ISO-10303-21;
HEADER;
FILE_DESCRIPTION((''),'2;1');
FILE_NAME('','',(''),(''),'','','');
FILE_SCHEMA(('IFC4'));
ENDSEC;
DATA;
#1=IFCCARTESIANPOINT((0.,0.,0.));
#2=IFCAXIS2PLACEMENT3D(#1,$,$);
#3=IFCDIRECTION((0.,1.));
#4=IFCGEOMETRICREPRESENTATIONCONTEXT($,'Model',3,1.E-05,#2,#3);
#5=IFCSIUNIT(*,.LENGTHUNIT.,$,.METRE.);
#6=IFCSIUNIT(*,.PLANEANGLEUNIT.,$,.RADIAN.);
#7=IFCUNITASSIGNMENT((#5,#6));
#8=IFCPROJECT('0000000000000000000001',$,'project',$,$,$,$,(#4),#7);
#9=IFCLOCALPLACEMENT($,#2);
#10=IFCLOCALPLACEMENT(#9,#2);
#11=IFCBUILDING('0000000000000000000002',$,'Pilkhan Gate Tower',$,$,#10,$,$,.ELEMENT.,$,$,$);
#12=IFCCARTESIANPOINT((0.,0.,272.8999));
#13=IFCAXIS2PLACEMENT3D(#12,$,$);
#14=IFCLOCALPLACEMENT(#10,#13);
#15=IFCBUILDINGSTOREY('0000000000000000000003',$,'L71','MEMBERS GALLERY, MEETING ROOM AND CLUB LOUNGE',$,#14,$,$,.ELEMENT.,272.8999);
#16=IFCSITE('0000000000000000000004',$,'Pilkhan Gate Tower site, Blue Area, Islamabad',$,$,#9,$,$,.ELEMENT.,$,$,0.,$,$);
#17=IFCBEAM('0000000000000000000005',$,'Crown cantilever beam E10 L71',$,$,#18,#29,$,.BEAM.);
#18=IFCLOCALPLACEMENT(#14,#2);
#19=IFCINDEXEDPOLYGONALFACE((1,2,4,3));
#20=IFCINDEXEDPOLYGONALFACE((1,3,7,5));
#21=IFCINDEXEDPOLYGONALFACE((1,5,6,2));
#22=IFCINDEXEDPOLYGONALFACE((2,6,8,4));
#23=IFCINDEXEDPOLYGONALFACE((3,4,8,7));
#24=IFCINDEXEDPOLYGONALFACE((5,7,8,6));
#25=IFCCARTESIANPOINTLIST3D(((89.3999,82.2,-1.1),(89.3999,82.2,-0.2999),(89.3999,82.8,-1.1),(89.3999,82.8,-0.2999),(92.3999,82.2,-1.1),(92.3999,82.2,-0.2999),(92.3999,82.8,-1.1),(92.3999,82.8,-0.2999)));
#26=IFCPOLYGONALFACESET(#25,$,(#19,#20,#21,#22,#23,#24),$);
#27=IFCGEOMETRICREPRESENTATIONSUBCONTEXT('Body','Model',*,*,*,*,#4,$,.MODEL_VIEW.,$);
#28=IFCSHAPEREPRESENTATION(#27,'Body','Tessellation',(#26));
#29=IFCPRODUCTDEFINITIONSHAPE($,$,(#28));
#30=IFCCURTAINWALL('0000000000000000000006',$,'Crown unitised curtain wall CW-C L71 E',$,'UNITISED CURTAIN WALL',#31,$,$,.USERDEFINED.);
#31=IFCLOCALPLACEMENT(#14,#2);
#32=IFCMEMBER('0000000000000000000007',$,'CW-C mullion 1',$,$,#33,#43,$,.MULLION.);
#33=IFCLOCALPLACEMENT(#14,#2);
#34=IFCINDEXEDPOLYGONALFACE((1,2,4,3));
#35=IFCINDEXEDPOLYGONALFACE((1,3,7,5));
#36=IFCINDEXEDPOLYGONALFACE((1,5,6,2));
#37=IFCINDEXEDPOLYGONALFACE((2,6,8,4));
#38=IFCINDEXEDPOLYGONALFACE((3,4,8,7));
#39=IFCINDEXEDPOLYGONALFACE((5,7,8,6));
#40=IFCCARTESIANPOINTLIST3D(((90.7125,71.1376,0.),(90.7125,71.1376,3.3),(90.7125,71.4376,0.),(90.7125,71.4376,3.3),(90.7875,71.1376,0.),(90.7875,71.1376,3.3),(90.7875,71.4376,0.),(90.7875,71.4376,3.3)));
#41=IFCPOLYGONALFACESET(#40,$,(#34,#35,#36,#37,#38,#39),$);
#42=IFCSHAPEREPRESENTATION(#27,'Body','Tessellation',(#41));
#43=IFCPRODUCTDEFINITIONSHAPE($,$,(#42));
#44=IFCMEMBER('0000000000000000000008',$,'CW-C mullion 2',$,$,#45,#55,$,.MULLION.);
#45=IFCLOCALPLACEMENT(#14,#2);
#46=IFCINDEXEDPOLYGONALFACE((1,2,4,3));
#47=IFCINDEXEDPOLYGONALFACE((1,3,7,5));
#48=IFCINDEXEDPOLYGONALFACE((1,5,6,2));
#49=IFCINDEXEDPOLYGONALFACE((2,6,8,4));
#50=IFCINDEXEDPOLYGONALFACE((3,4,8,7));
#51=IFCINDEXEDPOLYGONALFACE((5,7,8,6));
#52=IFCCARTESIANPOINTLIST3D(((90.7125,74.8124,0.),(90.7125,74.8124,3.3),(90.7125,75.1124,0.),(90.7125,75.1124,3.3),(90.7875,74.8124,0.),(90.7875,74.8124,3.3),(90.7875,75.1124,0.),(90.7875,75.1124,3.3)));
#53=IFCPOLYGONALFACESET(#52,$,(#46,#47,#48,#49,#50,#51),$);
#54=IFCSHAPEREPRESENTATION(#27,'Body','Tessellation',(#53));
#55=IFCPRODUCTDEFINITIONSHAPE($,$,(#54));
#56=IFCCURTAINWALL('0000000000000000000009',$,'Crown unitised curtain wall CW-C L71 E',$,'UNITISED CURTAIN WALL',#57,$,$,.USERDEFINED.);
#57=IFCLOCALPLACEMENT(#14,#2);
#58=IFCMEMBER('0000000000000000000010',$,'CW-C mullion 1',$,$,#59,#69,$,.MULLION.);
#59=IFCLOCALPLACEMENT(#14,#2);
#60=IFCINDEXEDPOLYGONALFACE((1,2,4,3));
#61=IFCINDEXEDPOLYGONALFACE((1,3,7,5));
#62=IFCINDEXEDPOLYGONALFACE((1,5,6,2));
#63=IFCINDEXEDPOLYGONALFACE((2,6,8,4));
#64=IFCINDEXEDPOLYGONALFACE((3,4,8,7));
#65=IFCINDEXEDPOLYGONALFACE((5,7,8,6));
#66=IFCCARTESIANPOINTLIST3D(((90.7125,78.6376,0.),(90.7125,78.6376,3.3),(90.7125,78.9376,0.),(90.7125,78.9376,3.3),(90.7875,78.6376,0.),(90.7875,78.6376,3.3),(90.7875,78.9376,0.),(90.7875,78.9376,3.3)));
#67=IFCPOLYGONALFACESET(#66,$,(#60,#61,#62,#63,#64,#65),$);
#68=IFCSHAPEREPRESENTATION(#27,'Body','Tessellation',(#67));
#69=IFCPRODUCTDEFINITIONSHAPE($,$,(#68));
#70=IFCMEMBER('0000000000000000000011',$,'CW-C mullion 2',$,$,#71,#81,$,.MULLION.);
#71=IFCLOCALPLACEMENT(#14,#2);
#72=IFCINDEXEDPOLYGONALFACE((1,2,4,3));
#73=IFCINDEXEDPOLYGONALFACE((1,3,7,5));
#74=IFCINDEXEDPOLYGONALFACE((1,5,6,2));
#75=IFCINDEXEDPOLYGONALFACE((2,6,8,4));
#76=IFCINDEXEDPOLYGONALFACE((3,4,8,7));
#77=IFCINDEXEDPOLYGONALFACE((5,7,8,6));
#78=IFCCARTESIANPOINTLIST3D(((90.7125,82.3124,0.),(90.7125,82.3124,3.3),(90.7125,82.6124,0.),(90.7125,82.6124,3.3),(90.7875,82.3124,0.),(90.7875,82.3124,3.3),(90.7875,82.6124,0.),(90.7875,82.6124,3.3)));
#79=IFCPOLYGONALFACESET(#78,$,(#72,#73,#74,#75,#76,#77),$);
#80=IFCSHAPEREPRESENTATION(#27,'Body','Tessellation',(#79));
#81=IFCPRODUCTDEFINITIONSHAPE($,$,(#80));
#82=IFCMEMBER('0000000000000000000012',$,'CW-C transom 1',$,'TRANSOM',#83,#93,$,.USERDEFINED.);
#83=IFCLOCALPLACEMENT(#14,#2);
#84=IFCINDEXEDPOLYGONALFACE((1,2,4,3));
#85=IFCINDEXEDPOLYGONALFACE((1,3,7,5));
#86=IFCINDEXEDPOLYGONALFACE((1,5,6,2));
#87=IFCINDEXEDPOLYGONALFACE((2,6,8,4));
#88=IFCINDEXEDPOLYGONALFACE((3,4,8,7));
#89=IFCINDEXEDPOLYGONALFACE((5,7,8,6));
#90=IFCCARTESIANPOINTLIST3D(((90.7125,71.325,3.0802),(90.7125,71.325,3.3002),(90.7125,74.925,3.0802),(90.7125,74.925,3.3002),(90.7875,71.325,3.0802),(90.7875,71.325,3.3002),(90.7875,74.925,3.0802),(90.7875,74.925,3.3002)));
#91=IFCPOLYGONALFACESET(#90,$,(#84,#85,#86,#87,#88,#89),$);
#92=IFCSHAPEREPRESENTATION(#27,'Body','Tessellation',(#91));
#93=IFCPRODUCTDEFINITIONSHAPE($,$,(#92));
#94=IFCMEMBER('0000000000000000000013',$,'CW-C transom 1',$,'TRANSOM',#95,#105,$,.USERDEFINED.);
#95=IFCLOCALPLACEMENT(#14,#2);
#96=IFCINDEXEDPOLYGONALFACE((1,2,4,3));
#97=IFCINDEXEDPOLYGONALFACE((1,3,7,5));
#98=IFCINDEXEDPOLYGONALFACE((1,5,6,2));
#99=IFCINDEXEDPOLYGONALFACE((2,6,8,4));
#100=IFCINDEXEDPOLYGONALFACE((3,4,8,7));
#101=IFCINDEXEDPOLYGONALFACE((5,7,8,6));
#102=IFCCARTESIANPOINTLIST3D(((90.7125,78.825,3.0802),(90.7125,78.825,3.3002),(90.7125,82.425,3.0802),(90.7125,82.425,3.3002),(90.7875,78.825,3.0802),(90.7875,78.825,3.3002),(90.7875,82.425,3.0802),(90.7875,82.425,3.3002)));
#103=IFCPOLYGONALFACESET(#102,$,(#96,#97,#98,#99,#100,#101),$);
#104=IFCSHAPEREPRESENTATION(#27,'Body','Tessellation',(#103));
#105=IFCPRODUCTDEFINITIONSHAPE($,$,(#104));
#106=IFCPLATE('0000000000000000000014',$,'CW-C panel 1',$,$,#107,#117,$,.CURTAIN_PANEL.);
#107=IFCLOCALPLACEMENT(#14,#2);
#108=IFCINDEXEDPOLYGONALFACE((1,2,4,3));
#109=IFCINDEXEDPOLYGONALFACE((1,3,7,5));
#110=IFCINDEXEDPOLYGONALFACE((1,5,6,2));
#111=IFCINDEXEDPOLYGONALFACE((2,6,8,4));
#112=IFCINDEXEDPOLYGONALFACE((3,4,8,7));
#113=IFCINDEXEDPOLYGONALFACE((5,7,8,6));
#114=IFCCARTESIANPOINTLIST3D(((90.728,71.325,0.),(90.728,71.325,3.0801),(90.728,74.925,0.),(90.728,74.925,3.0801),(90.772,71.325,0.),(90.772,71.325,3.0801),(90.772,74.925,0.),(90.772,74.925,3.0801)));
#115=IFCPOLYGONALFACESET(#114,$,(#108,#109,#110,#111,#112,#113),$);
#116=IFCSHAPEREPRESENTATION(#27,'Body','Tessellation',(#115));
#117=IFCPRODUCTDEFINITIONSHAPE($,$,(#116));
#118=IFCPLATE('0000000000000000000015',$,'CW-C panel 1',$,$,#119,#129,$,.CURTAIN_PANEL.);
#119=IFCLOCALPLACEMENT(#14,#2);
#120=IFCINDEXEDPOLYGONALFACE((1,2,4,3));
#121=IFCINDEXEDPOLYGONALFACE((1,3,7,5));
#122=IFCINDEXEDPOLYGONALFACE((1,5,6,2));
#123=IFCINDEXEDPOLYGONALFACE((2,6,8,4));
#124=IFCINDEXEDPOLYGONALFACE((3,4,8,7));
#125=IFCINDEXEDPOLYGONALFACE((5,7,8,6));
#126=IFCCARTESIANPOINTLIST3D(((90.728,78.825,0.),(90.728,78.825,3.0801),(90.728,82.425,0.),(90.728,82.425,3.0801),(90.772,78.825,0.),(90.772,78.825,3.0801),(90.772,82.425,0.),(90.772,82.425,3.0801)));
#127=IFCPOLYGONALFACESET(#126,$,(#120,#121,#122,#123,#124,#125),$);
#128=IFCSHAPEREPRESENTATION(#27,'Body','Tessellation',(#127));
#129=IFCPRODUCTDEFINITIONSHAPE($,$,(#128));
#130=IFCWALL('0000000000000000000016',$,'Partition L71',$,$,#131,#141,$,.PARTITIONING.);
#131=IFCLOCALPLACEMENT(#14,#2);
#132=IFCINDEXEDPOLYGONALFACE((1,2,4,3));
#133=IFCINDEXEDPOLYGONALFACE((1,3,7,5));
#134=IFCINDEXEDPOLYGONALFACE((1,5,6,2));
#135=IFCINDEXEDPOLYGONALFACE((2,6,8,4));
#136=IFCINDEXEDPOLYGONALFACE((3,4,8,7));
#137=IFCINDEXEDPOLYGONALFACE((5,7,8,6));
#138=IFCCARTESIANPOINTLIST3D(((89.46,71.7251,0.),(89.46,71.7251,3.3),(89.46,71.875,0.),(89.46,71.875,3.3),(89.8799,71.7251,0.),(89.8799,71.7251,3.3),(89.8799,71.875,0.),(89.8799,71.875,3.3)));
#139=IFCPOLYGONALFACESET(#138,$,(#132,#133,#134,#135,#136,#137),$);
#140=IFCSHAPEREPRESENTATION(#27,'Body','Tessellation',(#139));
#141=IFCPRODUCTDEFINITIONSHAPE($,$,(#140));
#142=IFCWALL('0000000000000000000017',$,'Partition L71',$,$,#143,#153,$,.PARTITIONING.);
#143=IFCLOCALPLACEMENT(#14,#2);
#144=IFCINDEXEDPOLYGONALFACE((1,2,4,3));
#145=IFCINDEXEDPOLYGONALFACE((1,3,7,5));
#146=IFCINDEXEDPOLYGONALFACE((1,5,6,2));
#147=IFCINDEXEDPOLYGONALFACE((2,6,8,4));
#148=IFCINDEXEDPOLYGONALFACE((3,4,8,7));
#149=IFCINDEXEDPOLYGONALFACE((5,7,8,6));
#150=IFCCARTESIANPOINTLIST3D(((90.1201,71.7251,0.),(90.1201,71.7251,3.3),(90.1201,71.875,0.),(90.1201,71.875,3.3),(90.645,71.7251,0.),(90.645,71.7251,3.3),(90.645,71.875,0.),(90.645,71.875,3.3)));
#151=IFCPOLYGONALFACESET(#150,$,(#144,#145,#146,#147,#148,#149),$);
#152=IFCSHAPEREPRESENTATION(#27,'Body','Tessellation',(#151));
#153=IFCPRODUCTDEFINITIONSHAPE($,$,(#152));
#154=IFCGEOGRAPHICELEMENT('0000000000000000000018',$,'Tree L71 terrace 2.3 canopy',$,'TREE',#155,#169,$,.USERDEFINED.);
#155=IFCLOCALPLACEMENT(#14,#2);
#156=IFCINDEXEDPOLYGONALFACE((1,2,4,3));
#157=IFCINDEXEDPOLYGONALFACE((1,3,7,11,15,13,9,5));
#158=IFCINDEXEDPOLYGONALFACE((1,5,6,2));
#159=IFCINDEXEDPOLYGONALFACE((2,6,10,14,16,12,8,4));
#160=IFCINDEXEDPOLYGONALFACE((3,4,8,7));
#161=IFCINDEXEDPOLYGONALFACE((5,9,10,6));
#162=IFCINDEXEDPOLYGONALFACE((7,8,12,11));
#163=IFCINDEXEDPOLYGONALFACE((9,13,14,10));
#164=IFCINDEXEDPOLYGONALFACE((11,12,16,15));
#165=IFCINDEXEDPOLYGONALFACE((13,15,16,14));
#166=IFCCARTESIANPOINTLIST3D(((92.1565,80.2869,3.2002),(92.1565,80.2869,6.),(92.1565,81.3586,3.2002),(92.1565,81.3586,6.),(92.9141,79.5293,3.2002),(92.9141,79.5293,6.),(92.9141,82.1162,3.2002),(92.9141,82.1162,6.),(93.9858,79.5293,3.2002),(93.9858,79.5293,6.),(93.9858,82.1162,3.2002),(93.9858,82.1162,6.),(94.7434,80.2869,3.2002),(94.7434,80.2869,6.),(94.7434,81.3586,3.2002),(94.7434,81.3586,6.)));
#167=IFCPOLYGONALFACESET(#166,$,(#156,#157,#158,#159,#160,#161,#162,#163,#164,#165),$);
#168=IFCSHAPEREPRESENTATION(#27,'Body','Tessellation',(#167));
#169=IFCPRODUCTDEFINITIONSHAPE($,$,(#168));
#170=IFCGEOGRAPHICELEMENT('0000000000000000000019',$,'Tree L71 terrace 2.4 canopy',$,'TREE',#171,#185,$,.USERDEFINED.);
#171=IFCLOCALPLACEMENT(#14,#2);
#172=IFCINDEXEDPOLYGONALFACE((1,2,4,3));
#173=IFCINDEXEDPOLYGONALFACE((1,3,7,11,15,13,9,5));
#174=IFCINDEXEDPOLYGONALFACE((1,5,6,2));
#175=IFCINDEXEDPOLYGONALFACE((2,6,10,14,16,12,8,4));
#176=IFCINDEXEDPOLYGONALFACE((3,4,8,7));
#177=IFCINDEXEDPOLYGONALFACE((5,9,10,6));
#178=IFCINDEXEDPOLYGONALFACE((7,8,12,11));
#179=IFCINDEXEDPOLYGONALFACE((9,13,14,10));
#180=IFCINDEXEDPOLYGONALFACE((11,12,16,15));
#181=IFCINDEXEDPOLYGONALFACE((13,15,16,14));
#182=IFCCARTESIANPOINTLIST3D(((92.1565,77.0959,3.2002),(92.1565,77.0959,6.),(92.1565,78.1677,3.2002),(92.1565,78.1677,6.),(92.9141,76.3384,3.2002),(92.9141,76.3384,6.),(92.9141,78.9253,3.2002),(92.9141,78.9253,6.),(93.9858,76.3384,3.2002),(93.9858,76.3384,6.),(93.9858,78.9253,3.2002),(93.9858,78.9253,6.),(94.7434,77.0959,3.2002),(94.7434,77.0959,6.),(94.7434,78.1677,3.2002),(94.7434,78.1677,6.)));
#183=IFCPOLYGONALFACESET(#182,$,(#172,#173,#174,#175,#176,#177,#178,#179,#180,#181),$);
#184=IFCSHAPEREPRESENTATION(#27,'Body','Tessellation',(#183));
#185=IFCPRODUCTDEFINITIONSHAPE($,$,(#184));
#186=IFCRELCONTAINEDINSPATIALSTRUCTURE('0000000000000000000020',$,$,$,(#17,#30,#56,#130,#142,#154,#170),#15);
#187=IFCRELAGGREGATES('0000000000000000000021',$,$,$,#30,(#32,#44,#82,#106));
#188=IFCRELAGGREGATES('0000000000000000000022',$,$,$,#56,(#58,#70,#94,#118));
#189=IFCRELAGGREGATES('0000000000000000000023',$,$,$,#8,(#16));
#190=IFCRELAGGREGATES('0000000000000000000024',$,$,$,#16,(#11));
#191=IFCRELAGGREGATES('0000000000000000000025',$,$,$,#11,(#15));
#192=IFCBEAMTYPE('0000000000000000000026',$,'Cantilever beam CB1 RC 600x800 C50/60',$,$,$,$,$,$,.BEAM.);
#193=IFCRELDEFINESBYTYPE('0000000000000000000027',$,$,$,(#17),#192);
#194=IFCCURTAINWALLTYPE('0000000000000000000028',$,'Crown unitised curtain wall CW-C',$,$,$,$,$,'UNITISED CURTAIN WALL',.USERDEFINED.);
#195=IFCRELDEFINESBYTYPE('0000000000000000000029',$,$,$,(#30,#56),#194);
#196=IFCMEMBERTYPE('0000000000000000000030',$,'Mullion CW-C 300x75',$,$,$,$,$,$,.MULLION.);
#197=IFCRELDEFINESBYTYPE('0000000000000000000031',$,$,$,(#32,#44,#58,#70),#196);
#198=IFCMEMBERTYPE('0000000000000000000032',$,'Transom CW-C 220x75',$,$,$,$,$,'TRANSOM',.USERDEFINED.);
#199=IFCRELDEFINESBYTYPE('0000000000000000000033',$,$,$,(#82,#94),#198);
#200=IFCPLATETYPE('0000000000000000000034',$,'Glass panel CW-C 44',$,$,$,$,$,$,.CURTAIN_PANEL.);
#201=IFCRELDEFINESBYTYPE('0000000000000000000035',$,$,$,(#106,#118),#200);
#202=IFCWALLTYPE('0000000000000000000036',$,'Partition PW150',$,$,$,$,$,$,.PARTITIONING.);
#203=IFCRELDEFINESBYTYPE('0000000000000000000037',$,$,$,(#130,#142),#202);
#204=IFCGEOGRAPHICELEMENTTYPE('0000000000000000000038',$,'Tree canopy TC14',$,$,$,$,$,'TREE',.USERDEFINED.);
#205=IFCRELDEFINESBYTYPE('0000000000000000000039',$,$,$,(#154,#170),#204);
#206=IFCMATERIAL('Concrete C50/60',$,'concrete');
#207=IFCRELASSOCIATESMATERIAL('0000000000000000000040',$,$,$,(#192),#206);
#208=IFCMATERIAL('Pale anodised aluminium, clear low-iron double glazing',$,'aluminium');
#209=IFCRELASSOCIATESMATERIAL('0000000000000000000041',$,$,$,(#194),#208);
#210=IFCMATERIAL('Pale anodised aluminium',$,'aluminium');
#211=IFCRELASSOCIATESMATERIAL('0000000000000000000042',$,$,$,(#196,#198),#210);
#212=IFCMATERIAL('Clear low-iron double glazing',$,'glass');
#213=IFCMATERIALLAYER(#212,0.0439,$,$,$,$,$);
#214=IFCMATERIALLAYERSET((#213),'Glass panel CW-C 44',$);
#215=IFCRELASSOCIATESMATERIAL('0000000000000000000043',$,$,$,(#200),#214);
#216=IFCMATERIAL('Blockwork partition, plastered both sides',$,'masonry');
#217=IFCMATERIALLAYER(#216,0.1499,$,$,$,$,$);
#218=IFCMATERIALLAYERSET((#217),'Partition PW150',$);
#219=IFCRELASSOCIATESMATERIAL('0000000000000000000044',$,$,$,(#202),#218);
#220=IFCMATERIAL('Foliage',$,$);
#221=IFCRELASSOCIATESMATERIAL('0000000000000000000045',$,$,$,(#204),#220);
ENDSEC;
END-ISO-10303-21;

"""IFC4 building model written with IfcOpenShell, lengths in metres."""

from ifc_helpers import new_model, si_unit, direction, frame, frame_2d, origin, origin_2d, place, context, subcontext, project, spatial, polyline, rectangle, outline, extrude, material, layer, layer_set, material_profile, profile_set, type_object, element, aggregate, save


model = new_model("IFC4")

# Units and contexts
model_context = context("Model", 3, precision=1e-05, world=origin(), true_north=direction((0.0, 1.0)))
body_context = subcontext(model_context, "Body", "Model", "MODEL_VIEW")
ifc_project = project(units=[si_unit("LENGTHUNIT", "METRE"), si_unit("PLANEANGLEUNIT", "RADIAN")], contexts=[model_context])

# Site, building, storey
site_placement = place(None, origin())
site = spatial("IfcSite", under=ifc_project, at=site_placement, Name="Pilkhan Gate Tower site, Blue Area, Islamabad", CompositionType="ELEMENT", RefElevation=0.0)
building_placement = place(site_placement, origin())
building = spatial("IfcBuilding", under=site, at=building_placement, Name="Pilkhan Gate Tower", CompositionType="ELEMENT")
storey_placement = place(building_placement, frame((0.0, 0.0, 272.8999)))
storey = spatial("IfcBuildingStorey", under=building, at=storey_placement, Name="L71", Description="MEMBERS GALLERY, MEETING ROOM AND CLUB LOUNGE", CompositionType="ELEMENT", Elevation=272.8999)

# Beam
ifc_material_1 = material(Name="Concrete C50/60", Category="concrete")
ifc_material_profile_1 = material_profile(ifc_material_1, rectangle(XDim=0.6001, YDim=0.8, at=origin_2d()), Name="RC 600x800")
ifc_profile_set_1 = profile_set([ifc_material_profile_1], Name="Concrete C50/60")
beam_type = type_object("IfcBeamType", Name="Cantilever beam CB1 RC 600x800 C50/60", PredefinedType="BEAM", material=ifc_profile_set_1)
beam_placement = place(storey_placement, frame((89.3999, 82.5, -0.7), z_axis=(1.0, 0.0, 0.0), x_axis=(0.0, 1.0, 0.0)))
element("IfcBeam", 1, at=beam_placement, inside=storey, type_object=beam_type, Name="Crown cantilever beam E10 L71", PredefinedType="BEAM", context=body_context, shape_type="SweptSolid", body=[
    extrude(rectangle(XDim=0.6001, YDim=0.8, at=origin_2d()), origin(), (0.0, 0.0, 1.0), 3.0),
])

# Curtain walls, members
ifc_material_2 = material(Name="Pale anodised aluminium, clear low-iron double glazing", Category="aluminium")
curtain_wall_type = type_object("IfcCurtainWallType", Name="Crown unitised curtain wall CW-C", ElementType="UNITISED CURTAIN WALL", PredefinedType="USERDEFINED", material=ifc_material_2)
curtain_wall_1_placement = place(storey_placement, origin())
curtain_wall_1 = element("IfcCurtainWall", 2, at=curtain_wall_1_placement, inside=storey, type_object=curtain_wall_type, Name="Crown unitised curtain wall CW-C L71 E", ObjectType="UNITISED CURTAIN WALL", PredefinedType="USERDEFINED")
ifc_material_3 = material(Name="Pale anodised aluminium", Category="aluminium")
ifc_material_profile_2 = material_profile(ifc_material_3, rectangle(XDim=0.075, YDim=0.3, at=origin_2d()), Name="Mullion 300x75")
ifc_profile_set_2 = profile_set([ifc_material_profile_2], Name="Pale anodised aluminium")
member_type_1 = type_object("IfcMemberType", Name="Mullion CW-C 300x75", PredefinedType="MULLION", material=ifc_profile_set_2)
member_1_placement = place(storey_placement, frame((90.75, 71.2876, 0.0), z_axis=(0.0, 0.0, 1.0), x_axis=(-1.0, 0.0, 0.0)))
member_1 = element("IfcMember", 3, at=member_1_placement, type_object=member_type_1, Name="CW-C mullion 1", PredefinedType="MULLION", context=body_context, shape_type="SweptSolid", body=[
    extrude(rectangle(XDim=0.075, YDim=0.3, at=origin_2d()), origin(), (0.0, 0.0, 1.0), 3.3),
])
member_2_placement = place(storey_placement, frame((90.75, 74.9624, 0.0), z_axis=(0.0, 0.0, 1.0), x_axis=(-1.0, 0.0, 0.0)))
member_2 = element("IfcMember", 4, at=member_2_placement, type_object=member_type_1, Name="CW-C mullion 2", PredefinedType="MULLION", context=body_context, shape_type="SweptSolid", body=[
    extrude(rectangle(XDim=0.075, YDim=0.3, at=origin_2d()), origin(), (0.0, 0.0, 1.0), 3.3),
])
curtain_wall_2_placement = place(storey_placement, origin())
curtain_wall_2 = element("IfcCurtainWall", 5, at=curtain_wall_2_placement, inside=storey, type_object=curtain_wall_type, Name="Crown unitised curtain wall CW-C L71 E", ObjectType="UNITISED CURTAIN WALL", PredefinedType="USERDEFINED")
member_3_placement = place(storey_placement, frame((90.75, 78.7876, 0.0), z_axis=(0.0, 0.0, 1.0), x_axis=(-1.0, 0.0, 0.0)))
member_3 = element("IfcMember", 6, at=member_3_placement, type_object=member_type_1, Name="CW-C mullion 1", PredefinedType="MULLION", context=body_context, shape_type="SweptSolid", body=[
    extrude(rectangle(XDim=0.075, YDim=0.3, at=origin_2d()), origin(), (0.0, 0.0, 1.0), 3.3),
])
member_4_placement = place(storey_placement, frame((90.75, 82.4624, 0.0), z_axis=(0.0, 0.0, 1.0), x_axis=(-1.0, 0.0, 0.0)))
member_4 = element("IfcMember", 7, at=member_4_placement, type_object=member_type_1, Name="CW-C mullion 2", PredefinedType="MULLION", context=body_context, shape_type="SweptSolid", body=[
    extrude(rectangle(XDim=0.075, YDim=0.3, at=origin_2d()), origin(), (0.0, 0.0, 1.0), 3.3),
])

# Members
ifc_material_profile_3 = material_profile(ifc_material_3, rectangle(XDim=0.075, YDim=0.22, at=origin_2d()), Name="Transom 220x75")
ifc_profile_set_3 = profile_set([ifc_material_profile_3], Name="Pale anodised aluminium")
member_type_2 = type_object("IfcMemberType", Name="Transom CW-C 220x75", ElementType="TRANSOM", PredefinedType="USERDEFINED", material=ifc_profile_set_3)
member_5_placement = place(storey_placement, frame((90.75, 71.325, 3.1902), z_axis=(0.0, 1.0, 0.0), x_axis=(-1.0, 0.0, 0.0)))
member_5 = element("IfcMember", 8, at=member_5_placement, type_object=member_type_2, Name="CW-C transom 1", ObjectType="TRANSOM", PredefinedType="USERDEFINED", context=body_context, shape_type="SweptSolid", body=[
    extrude(rectangle(XDim=0.075, YDim=0.22, at=origin_2d()), origin(), (0.0, 0.0, 1.0), 3.6001),
])
member_6_placement = place(storey_placement, frame((90.75, 78.825, 3.1902), z_axis=(0.0, 1.0, 0.0), x_axis=(-1.0, 0.0, 0.0)))
member_6 = element("IfcMember", 9, at=member_6_placement, type_object=member_type_2, Name="CW-C transom 1", ObjectType="TRANSOM", PredefinedType="USERDEFINED", context=body_context, shape_type="SweptSolid", body=[
    extrude(rectangle(XDim=0.075, YDim=0.22, at=origin_2d()), origin(), (0.0, 0.0, 1.0), 3.6001),
])

# Plates
ifc_material_4 = material(Name="Clear low-iron double glazing", Category="glass")
ifc_layer_1 = layer(ifc_material_4, 0.0439)
ifc_layer_set_1 = layer_set([ifc_layer_1], Name="Glass panel CW-C 44")
plate_type = type_object("IfcPlateType", Name="Glass panel CW-C 44", PredefinedType="CURTAIN_PANEL", material=ifc_layer_set_1)
plate_1_placement = place(storey_placement, frame((90.75, 73.125, 0.0), z_axis=(0.0, 0.0, 1.0), x_axis=(0.0, 1.0, 0.0)))
plate_1 = element("IfcPlate", 10, at=plate_1_placement, type_object=plate_type, Name="CW-C panel 1", PredefinedType="CURTAIN_PANEL", context=body_context, shape_type="SweptSolid", body=[
    extrude(rectangle(XDim=3.6001, YDim=0.0439, at=origin_2d()), origin(), (0.0, 0.0, 1.0), 3.0801),
])
aggregate(curtain_wall_1, [member_1, member_2, member_5, plate_1])
plate_2_placement = place(storey_placement, frame((90.75, 80.625, 0.0), z_axis=(0.0, 0.0, 1.0), x_axis=(0.0, 1.0, 0.0)))
plate_2 = element("IfcPlate", 11, at=plate_2_placement, type_object=plate_type, Name="CW-C panel 1", PredefinedType="CURTAIN_PANEL", context=body_context, shape_type="SweptSolid", body=[
    extrude(rectangle(XDim=3.6001, YDim=0.0439, at=origin_2d()), origin(), (0.0, 0.0, 1.0), 3.0801),
])
aggregate(curtain_wall_2, [member_3, member_4, member_6, plate_2])

# Walls
ifc_material_5 = material(Name="Blockwork partition, plastered both sides", Category="masonry")
ifc_layer_2 = layer(ifc_material_5, 0.1499)
ifc_layer_set_2 = layer_set([ifc_layer_2], Name="Partition PW150")
wall_type_1 = type_object("IfcWallType", Name="Partition PW150", PredefinedType="PARTITIONING", material=ifc_layer_set_2)
wall_1_placement = place(storey_placement, frame((89.46, 71.8, 0.0), z_axis=(0.0, 0.0, 1.0), x_axis=(1.0, 0.0, 0.0)))
element("IfcWall", 12, at=wall_1_placement, inside=storey, type_object=wall_type_1, Name="Partition L71", PredefinedType="PARTITIONING", context=body_context, shape_type="SweptSolid", body=[
    extrude(rectangle(XDim=0.4199, YDim=0.1499, at=frame_2d((0.21, 0.0))), origin(), (0.0, 0.0, 1.0), 3.3),
])
wall_2_placement = place(storey_placement, frame((90.1201, 71.8, 0.0), z_axis=(0.0, 0.0, 1.0), x_axis=(1.0, 0.0, 0.0)))
element("IfcWall", 13, at=wall_2_placement, inside=storey, type_object=wall_type_1, Name="Partition L71", PredefinedType="PARTITIONING", context=body_context, shape_type="SweptSolid", body=[
    extrude(rectangle(XDim=0.5249, YDim=0.1499, at=frame_2d((0.2625, 0.0))), origin(), (0.0, 0.0, 1.0), 3.3),
])

# Geographic elements
ifc_material_6 = material(Name="Foliage")
ifc_material_profile_4 = material_profile(ifc_material_6, outline(polyline([(1.2935, 0.5359), (0.5359, 1.2935), (-0.5359, 1.2935), (-1.2935, 0.5359), (-1.2935, -0.5359), (-0.5359, -1.2935), (0.5359, -1.2935), (1.2935, -0.5359), (1.2935, 0.5359)])), Name="Canopy D2.8")
ifc_profile_set_4 = profile_set([ifc_material_profile_4], Name="Foliage")
geographic_element_type_1 = type_object("IfcGeographicElementType", Name="Tree canopy TC14", ElementType="TREE", PredefinedType="USERDEFINED", material=ifc_profile_set_4)
for number, where, z_axis, x_axis, name in (
    (14, (93.45, 80.8228, 3.2002), (0.0, 0.0, 1.0), (1.0, 0.0, 0.0), "Tree L71 terrace 2.3 canopy"),
    (15, (93.45, 77.6318, 3.2002), (0.0, 0.0, 1.0), (1.0, 0.0, 0.0), "Tree L71 terrace 2.4 canopy"),
):
    element("IfcGeographicElement", number, at=place(storey_placement, frame(where, z_axis=z_axis, x_axis=x_axis)), inside=storey, type_object=geographic_element_type_1, Name=name, ObjectType="TREE", PredefinedType="USERDEFINED", context=body_context, shape_type="SweptSolid", body=[
        extrude(outline(polyline([(1.2935, 0.5359), (0.5359, 1.2935), (-0.5359, 1.2935), (-1.2935, 0.5359), (-1.2935, -0.5359), (-0.5359, -1.2935), (0.5359, -1.2935), (1.2935, -0.5359), (1.2935, 0.5359)])), origin(), (0.0, 0.0, 1.0), 2.7998),
    ])

save(model, "model.ifc")
